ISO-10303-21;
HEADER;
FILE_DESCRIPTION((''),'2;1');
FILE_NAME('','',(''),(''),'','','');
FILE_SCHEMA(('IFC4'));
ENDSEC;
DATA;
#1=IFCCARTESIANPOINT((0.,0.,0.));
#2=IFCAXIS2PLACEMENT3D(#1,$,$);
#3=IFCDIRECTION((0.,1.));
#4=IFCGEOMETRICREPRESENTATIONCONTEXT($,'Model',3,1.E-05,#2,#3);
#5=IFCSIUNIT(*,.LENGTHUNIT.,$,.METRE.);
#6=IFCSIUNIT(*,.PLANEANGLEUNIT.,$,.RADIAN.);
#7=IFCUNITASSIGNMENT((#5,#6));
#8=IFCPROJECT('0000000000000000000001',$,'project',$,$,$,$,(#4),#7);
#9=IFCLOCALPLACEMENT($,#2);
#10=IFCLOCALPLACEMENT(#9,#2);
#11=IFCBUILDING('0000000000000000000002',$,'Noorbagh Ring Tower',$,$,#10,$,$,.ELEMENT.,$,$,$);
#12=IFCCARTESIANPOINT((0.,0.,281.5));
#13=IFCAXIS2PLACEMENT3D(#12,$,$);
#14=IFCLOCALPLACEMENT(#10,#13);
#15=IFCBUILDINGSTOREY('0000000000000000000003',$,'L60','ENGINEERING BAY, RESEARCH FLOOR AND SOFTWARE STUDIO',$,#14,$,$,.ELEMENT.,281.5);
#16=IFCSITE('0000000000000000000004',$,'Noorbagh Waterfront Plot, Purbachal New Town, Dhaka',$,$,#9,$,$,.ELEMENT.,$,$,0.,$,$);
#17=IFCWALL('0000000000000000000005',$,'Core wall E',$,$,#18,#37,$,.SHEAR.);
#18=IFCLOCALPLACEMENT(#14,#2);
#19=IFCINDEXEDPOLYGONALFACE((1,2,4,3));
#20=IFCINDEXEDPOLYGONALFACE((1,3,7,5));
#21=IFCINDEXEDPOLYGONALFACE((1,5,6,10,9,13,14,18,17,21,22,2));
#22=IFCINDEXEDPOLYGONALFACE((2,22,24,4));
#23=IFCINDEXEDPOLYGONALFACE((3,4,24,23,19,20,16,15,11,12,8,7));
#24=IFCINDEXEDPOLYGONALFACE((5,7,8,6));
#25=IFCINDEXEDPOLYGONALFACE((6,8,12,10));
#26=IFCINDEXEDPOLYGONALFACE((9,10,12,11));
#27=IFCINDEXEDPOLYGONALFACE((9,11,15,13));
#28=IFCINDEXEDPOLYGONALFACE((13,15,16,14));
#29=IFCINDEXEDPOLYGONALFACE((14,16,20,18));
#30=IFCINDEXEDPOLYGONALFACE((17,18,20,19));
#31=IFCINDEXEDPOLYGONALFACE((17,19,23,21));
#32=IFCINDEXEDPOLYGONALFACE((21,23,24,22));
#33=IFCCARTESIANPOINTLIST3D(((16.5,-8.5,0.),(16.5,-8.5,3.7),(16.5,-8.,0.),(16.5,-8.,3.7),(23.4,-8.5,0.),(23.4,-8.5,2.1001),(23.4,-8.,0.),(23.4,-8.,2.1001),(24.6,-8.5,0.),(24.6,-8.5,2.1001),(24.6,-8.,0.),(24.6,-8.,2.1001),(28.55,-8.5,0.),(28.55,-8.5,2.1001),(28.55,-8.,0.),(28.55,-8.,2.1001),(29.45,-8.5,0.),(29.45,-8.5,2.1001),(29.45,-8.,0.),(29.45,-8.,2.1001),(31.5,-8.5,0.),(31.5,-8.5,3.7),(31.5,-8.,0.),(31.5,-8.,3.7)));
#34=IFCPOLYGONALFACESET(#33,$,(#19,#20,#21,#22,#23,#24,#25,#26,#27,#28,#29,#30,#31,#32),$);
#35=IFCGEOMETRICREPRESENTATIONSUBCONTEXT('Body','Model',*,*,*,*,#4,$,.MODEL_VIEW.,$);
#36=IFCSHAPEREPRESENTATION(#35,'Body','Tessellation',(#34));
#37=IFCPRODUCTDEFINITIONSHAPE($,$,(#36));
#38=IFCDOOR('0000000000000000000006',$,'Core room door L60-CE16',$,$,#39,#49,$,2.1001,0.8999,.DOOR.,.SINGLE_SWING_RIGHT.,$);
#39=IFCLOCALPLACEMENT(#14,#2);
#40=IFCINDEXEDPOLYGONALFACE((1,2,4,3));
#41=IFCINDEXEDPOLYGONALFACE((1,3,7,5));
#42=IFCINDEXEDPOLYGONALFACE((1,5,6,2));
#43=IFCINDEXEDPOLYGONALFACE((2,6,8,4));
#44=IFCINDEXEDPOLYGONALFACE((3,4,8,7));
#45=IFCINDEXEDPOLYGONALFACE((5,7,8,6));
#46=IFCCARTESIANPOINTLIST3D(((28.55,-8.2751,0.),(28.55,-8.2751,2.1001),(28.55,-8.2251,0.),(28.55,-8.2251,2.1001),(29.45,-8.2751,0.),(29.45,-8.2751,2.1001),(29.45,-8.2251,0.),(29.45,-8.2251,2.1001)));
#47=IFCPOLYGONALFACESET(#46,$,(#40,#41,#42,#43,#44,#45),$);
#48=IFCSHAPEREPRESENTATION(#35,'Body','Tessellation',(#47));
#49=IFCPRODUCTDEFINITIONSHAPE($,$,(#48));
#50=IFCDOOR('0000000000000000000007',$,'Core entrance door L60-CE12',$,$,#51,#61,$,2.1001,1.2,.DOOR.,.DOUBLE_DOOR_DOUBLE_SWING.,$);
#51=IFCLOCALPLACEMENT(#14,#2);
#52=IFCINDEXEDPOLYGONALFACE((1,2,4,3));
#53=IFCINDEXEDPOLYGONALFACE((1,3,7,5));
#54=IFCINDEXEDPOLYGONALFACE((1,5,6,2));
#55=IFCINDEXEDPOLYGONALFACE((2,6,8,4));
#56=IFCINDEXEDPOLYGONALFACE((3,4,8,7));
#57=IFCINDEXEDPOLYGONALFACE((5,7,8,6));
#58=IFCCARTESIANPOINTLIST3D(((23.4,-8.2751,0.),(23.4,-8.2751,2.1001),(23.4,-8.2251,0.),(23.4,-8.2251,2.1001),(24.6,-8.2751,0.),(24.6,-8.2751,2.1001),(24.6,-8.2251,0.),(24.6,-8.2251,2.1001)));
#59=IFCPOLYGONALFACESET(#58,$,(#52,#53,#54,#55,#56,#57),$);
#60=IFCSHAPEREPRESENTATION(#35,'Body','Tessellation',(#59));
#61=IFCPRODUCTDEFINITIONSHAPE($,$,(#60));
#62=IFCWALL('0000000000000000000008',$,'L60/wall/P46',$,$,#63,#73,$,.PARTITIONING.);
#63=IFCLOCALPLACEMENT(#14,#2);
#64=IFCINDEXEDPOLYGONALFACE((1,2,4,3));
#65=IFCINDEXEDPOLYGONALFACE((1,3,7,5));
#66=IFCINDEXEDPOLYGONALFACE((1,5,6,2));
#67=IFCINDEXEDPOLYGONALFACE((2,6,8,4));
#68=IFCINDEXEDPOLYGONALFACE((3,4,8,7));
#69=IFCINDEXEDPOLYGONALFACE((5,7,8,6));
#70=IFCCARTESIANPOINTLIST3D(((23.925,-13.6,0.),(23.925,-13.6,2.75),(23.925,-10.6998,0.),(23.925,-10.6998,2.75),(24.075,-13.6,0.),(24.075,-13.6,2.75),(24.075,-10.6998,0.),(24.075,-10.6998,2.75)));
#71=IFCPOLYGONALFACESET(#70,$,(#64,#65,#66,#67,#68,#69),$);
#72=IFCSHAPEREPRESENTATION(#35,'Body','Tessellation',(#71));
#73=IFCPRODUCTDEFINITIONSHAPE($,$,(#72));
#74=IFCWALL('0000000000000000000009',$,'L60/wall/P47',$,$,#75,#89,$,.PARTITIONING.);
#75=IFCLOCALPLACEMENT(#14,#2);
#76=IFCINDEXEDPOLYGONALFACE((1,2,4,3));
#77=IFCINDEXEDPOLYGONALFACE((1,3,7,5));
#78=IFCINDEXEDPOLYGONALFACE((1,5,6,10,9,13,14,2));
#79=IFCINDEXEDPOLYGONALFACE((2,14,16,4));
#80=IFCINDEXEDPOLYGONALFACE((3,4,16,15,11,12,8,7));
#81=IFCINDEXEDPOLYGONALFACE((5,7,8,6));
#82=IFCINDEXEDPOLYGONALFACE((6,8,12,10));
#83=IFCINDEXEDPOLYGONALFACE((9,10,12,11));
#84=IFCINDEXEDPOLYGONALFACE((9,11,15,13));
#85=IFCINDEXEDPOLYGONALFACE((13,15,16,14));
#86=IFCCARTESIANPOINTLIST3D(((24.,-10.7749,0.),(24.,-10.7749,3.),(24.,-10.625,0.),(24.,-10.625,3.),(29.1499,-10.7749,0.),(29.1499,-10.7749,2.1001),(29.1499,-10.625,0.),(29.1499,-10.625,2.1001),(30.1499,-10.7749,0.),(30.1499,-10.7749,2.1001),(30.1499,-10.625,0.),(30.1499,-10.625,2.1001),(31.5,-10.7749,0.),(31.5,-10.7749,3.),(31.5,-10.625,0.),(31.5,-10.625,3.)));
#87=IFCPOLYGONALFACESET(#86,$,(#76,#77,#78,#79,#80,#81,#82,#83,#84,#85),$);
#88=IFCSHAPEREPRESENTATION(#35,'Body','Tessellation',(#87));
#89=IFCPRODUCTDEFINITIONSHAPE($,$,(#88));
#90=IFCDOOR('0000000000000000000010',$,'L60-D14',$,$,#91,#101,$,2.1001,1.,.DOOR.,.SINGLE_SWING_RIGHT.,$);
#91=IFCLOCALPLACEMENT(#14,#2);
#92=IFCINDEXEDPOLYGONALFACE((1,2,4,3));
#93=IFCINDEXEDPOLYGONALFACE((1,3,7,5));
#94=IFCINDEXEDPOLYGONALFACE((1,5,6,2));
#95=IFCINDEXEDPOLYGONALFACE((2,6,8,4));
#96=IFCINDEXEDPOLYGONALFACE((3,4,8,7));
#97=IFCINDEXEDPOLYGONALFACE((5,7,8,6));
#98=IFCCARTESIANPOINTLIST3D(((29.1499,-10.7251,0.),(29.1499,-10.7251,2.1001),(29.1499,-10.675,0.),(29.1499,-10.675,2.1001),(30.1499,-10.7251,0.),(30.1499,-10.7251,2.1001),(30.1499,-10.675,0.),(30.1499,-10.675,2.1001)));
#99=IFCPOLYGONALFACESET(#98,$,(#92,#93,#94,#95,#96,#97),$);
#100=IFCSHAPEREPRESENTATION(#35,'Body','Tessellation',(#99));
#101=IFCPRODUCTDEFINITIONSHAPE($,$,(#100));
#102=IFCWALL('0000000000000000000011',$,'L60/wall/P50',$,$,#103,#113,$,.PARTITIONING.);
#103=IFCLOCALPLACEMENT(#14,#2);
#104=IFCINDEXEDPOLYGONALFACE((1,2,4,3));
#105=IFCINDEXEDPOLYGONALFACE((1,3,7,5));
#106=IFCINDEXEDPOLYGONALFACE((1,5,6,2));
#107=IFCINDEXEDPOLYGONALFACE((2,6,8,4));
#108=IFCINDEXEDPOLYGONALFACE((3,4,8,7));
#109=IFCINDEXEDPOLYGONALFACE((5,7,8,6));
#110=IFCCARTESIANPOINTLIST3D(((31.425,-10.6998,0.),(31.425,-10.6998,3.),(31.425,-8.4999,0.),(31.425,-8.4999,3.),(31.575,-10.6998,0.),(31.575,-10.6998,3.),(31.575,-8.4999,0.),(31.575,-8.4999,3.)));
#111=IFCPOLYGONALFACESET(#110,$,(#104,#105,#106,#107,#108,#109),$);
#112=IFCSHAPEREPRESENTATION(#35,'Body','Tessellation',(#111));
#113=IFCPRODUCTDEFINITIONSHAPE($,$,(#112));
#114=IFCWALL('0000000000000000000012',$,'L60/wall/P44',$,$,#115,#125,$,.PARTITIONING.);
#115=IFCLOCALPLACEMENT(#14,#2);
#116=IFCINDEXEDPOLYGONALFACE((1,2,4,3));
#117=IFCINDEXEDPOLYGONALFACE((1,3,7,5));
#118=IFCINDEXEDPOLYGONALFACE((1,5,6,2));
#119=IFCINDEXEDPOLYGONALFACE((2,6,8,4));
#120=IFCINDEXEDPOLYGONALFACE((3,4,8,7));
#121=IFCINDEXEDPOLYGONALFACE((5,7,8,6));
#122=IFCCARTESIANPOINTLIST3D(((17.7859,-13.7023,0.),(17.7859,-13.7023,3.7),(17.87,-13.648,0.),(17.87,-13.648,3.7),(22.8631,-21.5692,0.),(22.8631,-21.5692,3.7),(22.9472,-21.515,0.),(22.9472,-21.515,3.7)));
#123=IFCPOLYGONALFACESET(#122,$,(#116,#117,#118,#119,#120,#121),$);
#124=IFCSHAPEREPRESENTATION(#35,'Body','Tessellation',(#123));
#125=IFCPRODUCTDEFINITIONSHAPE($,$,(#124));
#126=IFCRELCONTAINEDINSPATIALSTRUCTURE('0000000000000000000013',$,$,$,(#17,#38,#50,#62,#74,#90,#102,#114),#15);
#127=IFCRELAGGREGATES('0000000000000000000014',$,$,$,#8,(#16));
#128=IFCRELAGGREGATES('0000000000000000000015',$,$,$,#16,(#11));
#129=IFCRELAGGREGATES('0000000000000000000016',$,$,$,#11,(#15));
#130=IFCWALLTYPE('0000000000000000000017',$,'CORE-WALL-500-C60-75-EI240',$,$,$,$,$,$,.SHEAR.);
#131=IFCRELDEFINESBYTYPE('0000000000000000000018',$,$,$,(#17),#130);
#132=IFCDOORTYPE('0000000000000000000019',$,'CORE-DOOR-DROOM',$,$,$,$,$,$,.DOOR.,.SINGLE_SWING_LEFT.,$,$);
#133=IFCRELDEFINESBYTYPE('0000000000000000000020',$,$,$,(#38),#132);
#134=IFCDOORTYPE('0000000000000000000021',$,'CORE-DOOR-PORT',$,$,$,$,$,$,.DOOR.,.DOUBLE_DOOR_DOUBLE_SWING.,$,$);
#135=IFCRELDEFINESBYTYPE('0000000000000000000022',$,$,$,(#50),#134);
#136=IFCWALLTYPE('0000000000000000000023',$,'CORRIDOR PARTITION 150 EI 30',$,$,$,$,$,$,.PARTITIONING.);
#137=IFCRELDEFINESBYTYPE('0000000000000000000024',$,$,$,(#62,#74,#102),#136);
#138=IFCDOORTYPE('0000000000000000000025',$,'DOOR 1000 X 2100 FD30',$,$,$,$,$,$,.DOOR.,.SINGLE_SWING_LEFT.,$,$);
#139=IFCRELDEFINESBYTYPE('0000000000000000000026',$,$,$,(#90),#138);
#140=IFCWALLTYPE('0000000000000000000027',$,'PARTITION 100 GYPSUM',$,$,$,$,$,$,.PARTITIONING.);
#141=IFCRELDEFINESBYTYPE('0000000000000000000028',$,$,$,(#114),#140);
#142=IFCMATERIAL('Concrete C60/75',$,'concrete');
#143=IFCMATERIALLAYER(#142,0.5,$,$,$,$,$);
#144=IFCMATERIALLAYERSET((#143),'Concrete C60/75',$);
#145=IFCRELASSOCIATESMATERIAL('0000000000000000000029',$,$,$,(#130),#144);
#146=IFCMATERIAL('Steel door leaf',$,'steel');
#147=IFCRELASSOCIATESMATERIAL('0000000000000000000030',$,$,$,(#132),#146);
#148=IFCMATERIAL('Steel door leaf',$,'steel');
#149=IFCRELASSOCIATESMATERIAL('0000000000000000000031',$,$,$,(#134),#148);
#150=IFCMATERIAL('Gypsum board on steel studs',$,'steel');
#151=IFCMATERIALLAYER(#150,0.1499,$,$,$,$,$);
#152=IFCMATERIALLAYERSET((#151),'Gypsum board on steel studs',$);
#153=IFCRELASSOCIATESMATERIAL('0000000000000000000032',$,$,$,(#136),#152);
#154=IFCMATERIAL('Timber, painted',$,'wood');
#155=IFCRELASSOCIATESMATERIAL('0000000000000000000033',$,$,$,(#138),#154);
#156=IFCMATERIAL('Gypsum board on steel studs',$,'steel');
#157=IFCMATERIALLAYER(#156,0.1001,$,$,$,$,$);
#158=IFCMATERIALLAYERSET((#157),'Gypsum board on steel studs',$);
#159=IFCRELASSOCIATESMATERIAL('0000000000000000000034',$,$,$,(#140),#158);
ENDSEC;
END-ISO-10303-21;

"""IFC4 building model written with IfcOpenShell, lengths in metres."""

from ifc_helpers import new_model, si_unit, direction, frame, frame_2d, origin, place, context, subcontext, project, spatial, rectangle, extrude, material, layer, layer_set, type_object, element, fill, save


model = new_model("IFC4")

# Units and contexts
model_context = context("Model", 3, precision=1e-05, world=origin(), true_north=direction((0.0, 1.0)))
body_context = subcontext(model_context, "Body", "Model", "MODEL_VIEW")
ifc_project = project(units=[si_unit("LENGTHUNIT", "METRE"), si_unit("PLANEANGLEUNIT", "RADIAN")], contexts=[model_context])

# Site, building, storey
site_placement = place(None, origin())
site = spatial("IfcSite", under=ifc_project, at=site_placement, Name="Noorbagh Waterfront Plot, Purbachal New Town, Dhaka", CompositionType="ELEMENT", RefElevation=0.0)
building_placement = place(site_placement, origin())
building = spatial("IfcBuilding", under=site, at=building_placement, Name="Noorbagh Ring Tower", CompositionType="ELEMENT")
storey_placement = place(building_placement, frame((0.0, 0.0, 281.5)))
storey = spatial("IfcBuildingStorey", under=building, at=storey_placement, Name="L60", Description="ENGINEERING BAY, RESEARCH FLOOR AND SOFTWARE STUDIO", CompositionType="ELEMENT", Elevation=281.5)

# Wall, openings, doors
ifc_material_1 = material(Name="Concrete C60/75", Category="concrete")
ifc_layer_1 = layer(ifc_material_1, 0.5)
ifc_layer_set_1 = layer_set([ifc_layer_1], Name="Concrete C60/75")
wall_type_1 = type_object("IfcWallType", Name="CORE-WALL-500-C60-75-EI240", PredefinedType="SHEAR", material=ifc_layer_set_1)
wall_1_placement = place(storey_placement, frame((16.5, -8.25, 0.0), z_axis=(0.0, 0.0, 1.0), x_axis=(1.0, 0.0, 0.0)))
wall_1 = element("IfcWall", 1, at=wall_1_placement, inside=storey, type_object=wall_type_1, Name="Core wall E", PredefinedType="SHEAR", context=body_context, shape_type="SweptSolid", body=[
    extrude(rectangle(XDim=15.0, YDim=0.5, at=frame_2d((7.5, 0.0))), origin(), (0.0, 0.0, 1.0), 3.7),
])
opening_1_placement = place(wall_1_placement, frame((6.8999, 0.0, 0.0)))
opening_1 = element("IfcOpeningElement", 2, at=opening_1_placement, cuts=wall_1, PredefinedType="OPENING", context=body_context, shape_type="SweptSolid", body=[
    extrude(rectangle(XDim=1.2, YDim=2.1001, at=frame_2d((0.6001, 1.05))), frame((0.0, 0.26, 0.0), z_axis=(0.0, -1.0, 0.0), x_axis=(1.0, 0.0, 0.0)), (0.0, 0.0, 1.0), 0.52),
])
opening_2_placement = place(wall_1_placement, frame((12.05, 0.0, 0.0)))
opening_2 = element("IfcOpeningElement", 3, at=opening_2_placement, cuts=wall_1, PredefinedType="OPENING", context=body_context, shape_type="SweptSolid", body=[
    extrude(rectangle(XDim=0.8999, YDim=2.1001, at=frame_2d((0.45, 1.05))), frame((0.0, 0.26, 0.0), z_axis=(0.0, -1.0, 0.0), x_axis=(1.0, 0.0, 0.0)), (0.0, 0.0, 1.0), 0.52),
])
ifc_material_2 = material(Name="Steel door leaf", Category="steel")
door_type_1 = type_object("IfcDoorType", Name="CORE-DOOR-DROOM", OperationType="SINGLE_SWING_LEFT", PredefinedType="DOOR", material=ifc_material_2)
door_1_placement = place(opening_2_placement, origin())
door_1 = element("IfcDoor", 4, at=door_1_placement, inside=storey, type_object=door_type_1, Name="Core room door L60-CE16", OperationType="SINGLE_SWING_RIGHT", OverallHeight=2.1001, OverallWidth=0.8999, PredefinedType="DOOR", context=body_context, shape_type="SweptSolid", body=[
    extrude(rectangle(XDim=0.8999, YDim=2.1001, at=frame_2d((0.45, 1.05))), frame((0.0, 0.0249, 0.0), z_axis=(0.0, -1.0, 0.0), x_axis=(1.0, 0.0, 0.0)), (0.0, 0.0, 1.0), 0.05),
])
fill(opening_2, door_1)
ifc_material_3 = material(Name="Steel door leaf", Category="steel")
door_type_2 = type_object("IfcDoorType", Name="CORE-DOOR-PORT", OperationType="DOUBLE_DOOR_DOUBLE_SWING", PredefinedType="DOOR", material=ifc_material_3)
door_2_placement = place(opening_1_placement, origin())
door_2 = element("IfcDoor", 5, at=door_2_placement, inside=storey, type_object=door_type_2, Name="Core entrance door L60-CE12", OperationType="DOUBLE_DOOR_DOUBLE_SWING", OverallHeight=2.1001, OverallWidth=1.2, PredefinedType="DOOR", context=body_context, shape_type="SweptSolid", body=[
    extrude(rectangle(XDim=1.2, YDim=2.1001, at=frame_2d((0.6001, 1.05))), frame((0.0, 0.0249, 0.0), z_axis=(0.0, -1.0, 0.0), x_axis=(1.0, 0.0, 0.0)), (0.0, 0.0, 1.0), 0.05),
])
fill(opening_1, door_2)

# Wall
ifc_material_4 = material(Name="Gypsum board on steel studs", Category="steel")
ifc_layer_2 = layer(ifc_material_4, 0.1499)
ifc_layer_set_2 = layer_set([ifc_layer_2], Name="Gypsum board on steel studs")
wall_type_2 = type_object("IfcWallType", Name="CORRIDOR PARTITION 150 EI 30", PredefinedType="PARTITIONING", material=ifc_layer_set_2)
wall_2_placement = place(storey_placement, frame((24.0, -13.6001, 0.0), z_axis=(0.0, 0.0, 1.0), x_axis=(0.0, 1.0, 0.0)))
element("IfcWall", 6, at=wall_2_placement, inside=storey, type_object=wall_type_2, Name="L60/wall/P46", PredefinedType="PARTITIONING", context=body_context, shape_type="SweptSolid", body=[
    extrude(rectangle(XDim=2.9001, YDim=0.1499, at=frame_2d((1.4502, 0.0))), origin(), (0.0, 0.0, 1.0), 2.75),
])

# Wall, opening, door
wall_3_placement = place(storey_placement, frame((24.0, -10.7, 0.0), z_axis=(0.0, 0.0, 1.0), x_axis=(1.0, 0.0, 0.0)))
wall_3 = element("IfcWall", 7, at=wall_3_placement, inside=storey, type_object=wall_type_2, Name="L60/wall/P47", PredefinedType="PARTITIONING", context=body_context, shape_type="SweptSolid", body=[
    extrude(rectangle(XDim=7.5, YDim=0.1499, at=frame_2d((3.75, 0.0))), origin(), (0.0, 0.0, 1.0), 3.0),
])
opening_3_placement = place(wall_3_placement, frame((5.1499, 0.0, 0.0)))
opening_3 = element("IfcOpeningElement", 8, at=opening_3_placement, cuts=wall_3, PredefinedType="OPENING", context=body_context, shape_type="SweptSolid", body=[
    extrude(rectangle(XDim=1.0, YDim=2.1001, at=frame_2d((0.5, 1.05))), frame((0.0, 0.085, 0.0), z_axis=(0.0, -1.0, 0.0), x_axis=(1.0, 0.0, 0.0)), (0.0, 0.0, 1.0), 0.1699),
])
ifc_material_5 = material(Name="Timber, painted", Category="wood")
door_type_3 = type_object("IfcDoorType", Name="DOOR 1000 X 2100 FD30", OperationType="SINGLE_SWING_LEFT", PredefinedType="DOOR", material=ifc_material_5)
door_3_placement = place(opening_3_placement, origin())
door_3 = element("IfcDoor", 9, at=door_3_placement, inside=storey, type_object=door_type_3, Name="L60-D14", OperationType="SINGLE_SWING_RIGHT", OverallHeight=2.1001, OverallWidth=1.0, PredefinedType="DOOR", context=body_context, shape_type="SweptSolid", body=[
    extrude(rectangle(XDim=1.0, YDim=2.1001, at=frame_2d((0.5, 1.05))), frame((0.0, 0.0249, 0.0), z_axis=(0.0, -1.0, 0.0), x_axis=(1.0, 0.0, 0.0)), (0.0, 0.0, 1.0), 0.05),
])
fill(opening_3, door_3)

# Walls
wall_4_placement = place(storey_placement, frame((31.5, -10.7, 0.0), z_axis=(0.0, 0.0, 1.0), x_axis=(0.0, 1.0, 0.0)))
element("IfcWall", 10, at=wall_4_placement, inside=storey, type_object=wall_type_2, Name="L60/wall/P50", PredefinedType="PARTITIONING", context=body_context, shape_type="SweptSolid", body=[
    extrude(rectangle(XDim=2.2, YDim=0.1499, at=frame_2d((1.1001, 0.0))), origin(), (0.0, 0.0, 1.0), 3.0),
])
ifc_material_6 = material(Name="Gypsum board on steel studs", Category="steel")
ifc_layer_3 = layer(ifc_material_6, 0.1001)
ifc_layer_set_3 = layer_set([ifc_layer_3], Name="Gypsum board on steel studs")
wall_type_3 = type_object("IfcWallType", Name="PARTITION 100 GYPSUM", PredefinedType="PARTITIONING", material=ifc_layer_set_3)
wall_5_placement = place(storey_placement, frame((17.8279, -13.675, 0.0), z_axis=(0.0, 0.0, 1.0), x_axis=(0.542255, -0.840214, 0.0)))
element("IfcWall", 11, at=wall_5_placement, inside=storey, type_object=wall_type_3, Name="L60/wall/P44", PredefinedType="PARTITIONING", context=body_context, shape_type="SweptSolid", body=[
    extrude(rectangle(XDim=9.363, YDim=0.1001, at=frame_2d((4.6816, 0.0))), origin(), (0.0, 0.0, 1.0), 3.7),
])

save(model, "model.ifc")
